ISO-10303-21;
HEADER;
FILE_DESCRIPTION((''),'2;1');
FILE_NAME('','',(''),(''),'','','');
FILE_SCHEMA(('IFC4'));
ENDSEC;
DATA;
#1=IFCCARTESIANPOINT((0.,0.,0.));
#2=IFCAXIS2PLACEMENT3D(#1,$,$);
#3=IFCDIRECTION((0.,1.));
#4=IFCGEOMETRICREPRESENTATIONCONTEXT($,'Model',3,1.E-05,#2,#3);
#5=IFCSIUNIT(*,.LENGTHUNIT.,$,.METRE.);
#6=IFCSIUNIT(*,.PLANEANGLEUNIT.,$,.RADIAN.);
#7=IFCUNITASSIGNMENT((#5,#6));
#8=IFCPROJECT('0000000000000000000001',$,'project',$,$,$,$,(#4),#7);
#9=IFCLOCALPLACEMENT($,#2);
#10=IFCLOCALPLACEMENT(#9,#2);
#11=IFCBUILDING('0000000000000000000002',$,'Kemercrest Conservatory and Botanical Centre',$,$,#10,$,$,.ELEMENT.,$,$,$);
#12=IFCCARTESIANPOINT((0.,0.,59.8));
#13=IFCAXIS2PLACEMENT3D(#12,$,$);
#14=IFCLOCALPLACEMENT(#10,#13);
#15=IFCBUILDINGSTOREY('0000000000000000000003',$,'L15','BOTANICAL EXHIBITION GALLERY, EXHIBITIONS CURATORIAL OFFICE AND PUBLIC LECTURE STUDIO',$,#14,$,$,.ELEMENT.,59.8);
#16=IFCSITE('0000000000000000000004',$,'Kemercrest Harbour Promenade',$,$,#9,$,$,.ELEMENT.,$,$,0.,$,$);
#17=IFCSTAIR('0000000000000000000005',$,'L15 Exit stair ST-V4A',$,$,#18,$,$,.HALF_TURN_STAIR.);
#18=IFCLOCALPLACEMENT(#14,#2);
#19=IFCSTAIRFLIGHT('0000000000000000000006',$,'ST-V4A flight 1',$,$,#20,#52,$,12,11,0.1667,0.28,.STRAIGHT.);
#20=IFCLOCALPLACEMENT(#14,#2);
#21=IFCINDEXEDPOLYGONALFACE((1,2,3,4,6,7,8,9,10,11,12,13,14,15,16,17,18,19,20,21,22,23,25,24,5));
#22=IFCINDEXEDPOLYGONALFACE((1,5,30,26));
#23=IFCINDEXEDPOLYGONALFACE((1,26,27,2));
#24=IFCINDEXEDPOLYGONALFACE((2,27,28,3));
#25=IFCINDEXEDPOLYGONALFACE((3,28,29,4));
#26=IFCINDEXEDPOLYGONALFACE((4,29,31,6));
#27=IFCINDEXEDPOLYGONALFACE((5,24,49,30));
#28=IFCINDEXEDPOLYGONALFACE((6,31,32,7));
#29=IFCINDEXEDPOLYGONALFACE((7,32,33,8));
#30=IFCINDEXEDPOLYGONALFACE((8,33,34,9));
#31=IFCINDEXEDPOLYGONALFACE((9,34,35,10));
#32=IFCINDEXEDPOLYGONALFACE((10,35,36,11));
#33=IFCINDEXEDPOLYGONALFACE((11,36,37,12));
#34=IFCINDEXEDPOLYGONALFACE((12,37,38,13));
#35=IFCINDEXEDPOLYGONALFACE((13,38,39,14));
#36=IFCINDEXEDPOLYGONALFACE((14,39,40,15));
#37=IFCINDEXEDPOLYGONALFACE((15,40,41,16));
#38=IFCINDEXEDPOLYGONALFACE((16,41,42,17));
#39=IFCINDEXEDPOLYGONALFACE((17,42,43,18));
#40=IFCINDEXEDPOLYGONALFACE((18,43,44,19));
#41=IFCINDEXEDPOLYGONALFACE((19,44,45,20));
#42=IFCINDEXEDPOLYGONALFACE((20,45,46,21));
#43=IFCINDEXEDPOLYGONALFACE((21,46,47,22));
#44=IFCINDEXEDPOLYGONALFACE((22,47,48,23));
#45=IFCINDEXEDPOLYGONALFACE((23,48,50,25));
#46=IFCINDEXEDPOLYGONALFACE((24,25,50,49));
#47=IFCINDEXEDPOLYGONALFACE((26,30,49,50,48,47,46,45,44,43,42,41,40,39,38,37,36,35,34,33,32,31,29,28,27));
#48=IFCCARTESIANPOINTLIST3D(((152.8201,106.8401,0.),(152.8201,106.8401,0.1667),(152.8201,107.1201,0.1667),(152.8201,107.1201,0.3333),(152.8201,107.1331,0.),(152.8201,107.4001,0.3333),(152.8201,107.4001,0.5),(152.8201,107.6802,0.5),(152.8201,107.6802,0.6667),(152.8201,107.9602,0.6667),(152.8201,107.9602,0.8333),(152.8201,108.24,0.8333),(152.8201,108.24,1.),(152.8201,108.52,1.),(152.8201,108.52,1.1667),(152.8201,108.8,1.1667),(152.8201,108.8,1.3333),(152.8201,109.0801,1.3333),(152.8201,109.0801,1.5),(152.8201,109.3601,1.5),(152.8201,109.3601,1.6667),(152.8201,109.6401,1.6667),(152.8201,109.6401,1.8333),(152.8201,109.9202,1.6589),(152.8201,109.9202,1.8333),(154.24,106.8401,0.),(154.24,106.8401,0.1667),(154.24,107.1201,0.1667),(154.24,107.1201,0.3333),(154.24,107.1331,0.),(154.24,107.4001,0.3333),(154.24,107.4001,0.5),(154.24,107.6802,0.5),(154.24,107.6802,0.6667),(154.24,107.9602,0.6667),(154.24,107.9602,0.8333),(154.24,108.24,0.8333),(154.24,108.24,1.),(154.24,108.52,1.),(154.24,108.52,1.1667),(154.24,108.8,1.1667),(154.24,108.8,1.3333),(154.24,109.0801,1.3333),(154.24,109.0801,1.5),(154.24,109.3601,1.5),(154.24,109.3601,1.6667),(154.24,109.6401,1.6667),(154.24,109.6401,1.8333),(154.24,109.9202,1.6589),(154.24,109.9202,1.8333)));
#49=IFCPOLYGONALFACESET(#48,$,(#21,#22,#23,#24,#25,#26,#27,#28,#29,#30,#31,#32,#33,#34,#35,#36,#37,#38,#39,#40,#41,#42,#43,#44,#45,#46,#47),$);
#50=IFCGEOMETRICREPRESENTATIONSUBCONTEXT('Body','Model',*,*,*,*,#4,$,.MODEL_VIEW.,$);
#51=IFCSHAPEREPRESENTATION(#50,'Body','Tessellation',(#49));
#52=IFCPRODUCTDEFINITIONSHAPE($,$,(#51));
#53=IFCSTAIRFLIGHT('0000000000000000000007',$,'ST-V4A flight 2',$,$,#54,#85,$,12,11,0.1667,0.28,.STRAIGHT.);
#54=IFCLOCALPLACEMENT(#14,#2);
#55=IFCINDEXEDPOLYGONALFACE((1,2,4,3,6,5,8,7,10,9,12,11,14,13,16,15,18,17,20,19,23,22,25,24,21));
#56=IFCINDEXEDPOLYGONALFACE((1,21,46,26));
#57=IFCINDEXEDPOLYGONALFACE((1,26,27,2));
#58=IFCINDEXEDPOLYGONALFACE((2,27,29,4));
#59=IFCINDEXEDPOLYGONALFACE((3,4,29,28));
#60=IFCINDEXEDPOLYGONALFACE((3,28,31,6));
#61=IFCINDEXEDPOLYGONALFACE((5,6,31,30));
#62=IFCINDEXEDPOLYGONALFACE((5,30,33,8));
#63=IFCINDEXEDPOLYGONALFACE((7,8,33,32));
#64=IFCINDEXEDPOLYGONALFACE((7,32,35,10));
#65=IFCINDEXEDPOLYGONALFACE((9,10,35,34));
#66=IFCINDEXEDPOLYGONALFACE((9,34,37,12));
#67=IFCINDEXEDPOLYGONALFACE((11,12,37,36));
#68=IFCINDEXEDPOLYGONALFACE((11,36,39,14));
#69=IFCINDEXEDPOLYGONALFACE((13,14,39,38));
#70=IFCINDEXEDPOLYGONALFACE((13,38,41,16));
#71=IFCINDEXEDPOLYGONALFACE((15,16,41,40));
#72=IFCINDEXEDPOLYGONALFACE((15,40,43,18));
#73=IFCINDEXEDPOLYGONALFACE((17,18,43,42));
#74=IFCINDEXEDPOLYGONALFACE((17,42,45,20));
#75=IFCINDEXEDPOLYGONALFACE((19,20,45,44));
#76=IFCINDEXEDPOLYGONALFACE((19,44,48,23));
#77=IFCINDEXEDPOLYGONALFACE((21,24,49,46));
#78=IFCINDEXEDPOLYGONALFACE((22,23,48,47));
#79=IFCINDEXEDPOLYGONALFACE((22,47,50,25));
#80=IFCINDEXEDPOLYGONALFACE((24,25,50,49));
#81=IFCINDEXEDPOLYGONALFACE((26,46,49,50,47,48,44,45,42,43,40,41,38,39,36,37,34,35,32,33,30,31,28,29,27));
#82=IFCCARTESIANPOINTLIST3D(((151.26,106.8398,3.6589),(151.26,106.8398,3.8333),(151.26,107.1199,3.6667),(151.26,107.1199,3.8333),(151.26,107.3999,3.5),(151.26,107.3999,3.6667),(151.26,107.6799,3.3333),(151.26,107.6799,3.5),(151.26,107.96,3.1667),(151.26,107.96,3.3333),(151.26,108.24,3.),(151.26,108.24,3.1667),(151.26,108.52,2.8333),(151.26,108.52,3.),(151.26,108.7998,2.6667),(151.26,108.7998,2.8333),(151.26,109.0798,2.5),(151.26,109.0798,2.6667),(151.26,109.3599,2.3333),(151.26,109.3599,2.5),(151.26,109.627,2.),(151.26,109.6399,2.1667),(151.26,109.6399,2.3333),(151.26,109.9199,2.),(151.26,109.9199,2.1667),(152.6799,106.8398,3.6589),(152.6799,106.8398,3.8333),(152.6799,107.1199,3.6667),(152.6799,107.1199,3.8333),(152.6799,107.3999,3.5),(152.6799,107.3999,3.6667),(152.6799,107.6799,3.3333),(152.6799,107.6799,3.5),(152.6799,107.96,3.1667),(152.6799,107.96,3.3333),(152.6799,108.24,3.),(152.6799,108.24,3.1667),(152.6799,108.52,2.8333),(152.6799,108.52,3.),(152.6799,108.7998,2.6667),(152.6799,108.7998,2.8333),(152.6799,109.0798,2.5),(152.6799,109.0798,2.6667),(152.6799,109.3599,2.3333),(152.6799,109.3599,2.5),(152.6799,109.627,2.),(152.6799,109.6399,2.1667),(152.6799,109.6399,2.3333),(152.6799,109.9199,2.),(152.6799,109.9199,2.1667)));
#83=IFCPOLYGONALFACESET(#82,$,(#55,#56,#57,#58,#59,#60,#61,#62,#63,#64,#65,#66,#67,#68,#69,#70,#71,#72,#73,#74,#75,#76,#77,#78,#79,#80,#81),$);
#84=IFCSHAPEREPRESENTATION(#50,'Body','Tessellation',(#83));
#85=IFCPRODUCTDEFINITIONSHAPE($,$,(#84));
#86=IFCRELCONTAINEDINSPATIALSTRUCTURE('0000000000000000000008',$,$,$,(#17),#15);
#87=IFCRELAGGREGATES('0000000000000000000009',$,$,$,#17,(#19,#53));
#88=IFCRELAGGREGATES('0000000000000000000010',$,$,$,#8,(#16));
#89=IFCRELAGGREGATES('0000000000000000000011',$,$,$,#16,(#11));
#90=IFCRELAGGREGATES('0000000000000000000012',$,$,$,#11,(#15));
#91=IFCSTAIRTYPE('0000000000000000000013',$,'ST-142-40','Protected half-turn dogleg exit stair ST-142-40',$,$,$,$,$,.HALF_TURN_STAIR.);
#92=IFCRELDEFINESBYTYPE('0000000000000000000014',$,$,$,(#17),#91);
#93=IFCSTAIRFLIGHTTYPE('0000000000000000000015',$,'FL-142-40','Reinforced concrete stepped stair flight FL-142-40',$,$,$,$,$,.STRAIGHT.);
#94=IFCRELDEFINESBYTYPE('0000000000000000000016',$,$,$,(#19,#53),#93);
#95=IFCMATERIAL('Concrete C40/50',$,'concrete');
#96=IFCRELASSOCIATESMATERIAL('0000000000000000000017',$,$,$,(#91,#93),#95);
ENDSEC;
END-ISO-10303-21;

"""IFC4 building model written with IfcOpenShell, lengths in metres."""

from ifc_helpers import new_model, si_unit, direction, frame, origin, place, context, subcontext, project, spatial, polyline, outline, extrude, material, type_object, element, aggregate, save


model = new_model("IFC4")

# Units and contexts
model_context = context("Model", 3, precision=1e-05, world=origin(), true_north=direction((0.0, 1.0)))
body_context = subcontext(model_context, "Body", "Model", "MODEL_VIEW")
ifc_project = project(units=[si_unit("LENGTHUNIT", "METRE"), si_unit("PLANEANGLEUNIT", "RADIAN")], contexts=[model_context])

# Site, building, storey
site_placement = place(None, origin())
site = spatial("IfcSite", under=ifc_project, at=site_placement, Name="Kemercrest Harbour Promenade", CompositionType="ELEMENT", RefElevation=0.0)
building_placement = place(site_placement, origin())
building = spatial("IfcBuilding", under=site, at=building_placement, Name="Kemercrest Conservatory and Botanical Centre", CompositionType="ELEMENT")
storey_placement = place(building_placement, frame((0.0, 0.0, 59.8)))
storey = spatial("IfcBuildingStorey", under=building, at=storey_placement, Name="L15", Description="BOTANICAL EXHIBITION GALLERY, EXHIBITIONS CURATORIAL OFFICE AND PUBLIC LECTURE STUDIO", CompositionType="ELEMENT", Elevation=59.8)

# Shared definitions
ifc_material_1 = material(Name="Concrete C40/50", Category="concrete")

# Stair, stair flights
stair_type = type_object("IfcStairType", Name="ST-142-40", Description="Protected half-turn dogleg exit stair ST-142-40", PredefinedType="HALF_TURN_STAIR", material=ifc_material_1)
stair_placement = place(storey_placement, origin())
stair = element("IfcStair", 1, at=stair_placement, inside=storey, type_object=stair_type, Name="L15 Exit stair ST-V4A", PredefinedType="HALF_TURN_STAIR")
stair_flight_type = type_object("IfcStairFlightType", Name="FL-142-40", Description="Reinforced concrete stepped stair flight FL-142-40", PredefinedType="STRAIGHT", material=ifc_material_1)
stair_flight_1_placement = place(storey_placement, frame((153.53, 106.8401, 0.0), z_axis=(0.0, 0.0, 1.0), x_axis=(0.0, 1.0, 0.0)))
stair_flight_1 = element("IfcStairFlight", 2, at=stair_flight_1_placement, type_object=stair_flight_type, Name="ST-V4A flight 1", NumberOfRisers=12, NumberOfTreads=11, PredefinedType="STRAIGHT", RiserHeight=0.1667, TreadLength=0.28, context=body_context, shape_type="SweptSolid", body=[
    extrude(outline(polyline([(0.0, 0.0), (0.0, 0.1667), (0.28, 0.1667), (0.28, 0.3333), (0.5601, 0.3333), (0.5601, 0.5), (0.8401, 0.5), (0.8401, 0.6667), (1.1201, 0.6667), (1.1201, 0.8333), (1.3999, 0.8333), (1.3999, 1.0), (1.6799, 1.0), (1.6799, 1.1667), (1.96, 1.1667), (1.96, 1.3333), (2.24, 1.3333), (2.24, 1.5), (2.52, 1.5), (2.52, 1.6667), (2.8, 1.6667), (2.8, 1.8333), (3.0801, 1.8333), (3.0801, 2.0), (3.0801, 1.6589), (0.293, 0.0), (0.0, 0.0)])), frame((0.0, 0.71, 0.0), z_axis=(0.0, -1.0, 0.0), x_axis=(1.0, 0.0, 0.0)), (0.0, 0.0, 1.0), 1.4199),
])
stair_flight_2_placement = place(storey_placement, frame((151.97, 109.9199, 2.0), z_axis=(0.0, 0.0, 1.0), x_axis=(0.0, -1.0, 0.0)))
stair_flight_2 = element("IfcStairFlight", 3, at=stair_flight_2_placement, type_object=stair_flight_type, Name="ST-V4A flight 2", NumberOfRisers=12, NumberOfTreads=11, PredefinedType="STRAIGHT", RiserHeight=0.1667, TreadLength=0.28, context=body_context, shape_type="SweptSolid", body=[
    extrude(outline(polyline([(0.0, 0.0), (0.0, 0.1667), (0.28, 0.1667), (0.28, 0.3333), (0.5601, 0.3333), (0.5601, 0.5), (0.8401, 0.5), (0.8401, 0.6667), (1.1201, 0.6667), (1.1201, 0.8333), (1.3999, 0.8333), (1.3999, 1.0), (1.6799, 1.0), (1.6799, 1.1667), (1.96, 1.1667), (1.96, 1.3333), (2.24, 1.3333), (2.24, 1.5), (2.52, 1.5), (2.52, 1.6667), (2.8, 1.6667), (2.8, 1.8333), (3.0801, 1.8333), (3.0801, 2.0), (3.0801, 1.6589), (0.293, 0.0), (0.0, 0.0)])), frame((0.0, 0.71, 0.0), z_axis=(0.0, -1.0, 0.0), x_axis=(1.0, 0.0, 0.0)), (0.0, 0.0, 1.0), 1.4199),
])
aggregate(stair, [stair_flight_1, stair_flight_2])

save(model, "model.ifc")
